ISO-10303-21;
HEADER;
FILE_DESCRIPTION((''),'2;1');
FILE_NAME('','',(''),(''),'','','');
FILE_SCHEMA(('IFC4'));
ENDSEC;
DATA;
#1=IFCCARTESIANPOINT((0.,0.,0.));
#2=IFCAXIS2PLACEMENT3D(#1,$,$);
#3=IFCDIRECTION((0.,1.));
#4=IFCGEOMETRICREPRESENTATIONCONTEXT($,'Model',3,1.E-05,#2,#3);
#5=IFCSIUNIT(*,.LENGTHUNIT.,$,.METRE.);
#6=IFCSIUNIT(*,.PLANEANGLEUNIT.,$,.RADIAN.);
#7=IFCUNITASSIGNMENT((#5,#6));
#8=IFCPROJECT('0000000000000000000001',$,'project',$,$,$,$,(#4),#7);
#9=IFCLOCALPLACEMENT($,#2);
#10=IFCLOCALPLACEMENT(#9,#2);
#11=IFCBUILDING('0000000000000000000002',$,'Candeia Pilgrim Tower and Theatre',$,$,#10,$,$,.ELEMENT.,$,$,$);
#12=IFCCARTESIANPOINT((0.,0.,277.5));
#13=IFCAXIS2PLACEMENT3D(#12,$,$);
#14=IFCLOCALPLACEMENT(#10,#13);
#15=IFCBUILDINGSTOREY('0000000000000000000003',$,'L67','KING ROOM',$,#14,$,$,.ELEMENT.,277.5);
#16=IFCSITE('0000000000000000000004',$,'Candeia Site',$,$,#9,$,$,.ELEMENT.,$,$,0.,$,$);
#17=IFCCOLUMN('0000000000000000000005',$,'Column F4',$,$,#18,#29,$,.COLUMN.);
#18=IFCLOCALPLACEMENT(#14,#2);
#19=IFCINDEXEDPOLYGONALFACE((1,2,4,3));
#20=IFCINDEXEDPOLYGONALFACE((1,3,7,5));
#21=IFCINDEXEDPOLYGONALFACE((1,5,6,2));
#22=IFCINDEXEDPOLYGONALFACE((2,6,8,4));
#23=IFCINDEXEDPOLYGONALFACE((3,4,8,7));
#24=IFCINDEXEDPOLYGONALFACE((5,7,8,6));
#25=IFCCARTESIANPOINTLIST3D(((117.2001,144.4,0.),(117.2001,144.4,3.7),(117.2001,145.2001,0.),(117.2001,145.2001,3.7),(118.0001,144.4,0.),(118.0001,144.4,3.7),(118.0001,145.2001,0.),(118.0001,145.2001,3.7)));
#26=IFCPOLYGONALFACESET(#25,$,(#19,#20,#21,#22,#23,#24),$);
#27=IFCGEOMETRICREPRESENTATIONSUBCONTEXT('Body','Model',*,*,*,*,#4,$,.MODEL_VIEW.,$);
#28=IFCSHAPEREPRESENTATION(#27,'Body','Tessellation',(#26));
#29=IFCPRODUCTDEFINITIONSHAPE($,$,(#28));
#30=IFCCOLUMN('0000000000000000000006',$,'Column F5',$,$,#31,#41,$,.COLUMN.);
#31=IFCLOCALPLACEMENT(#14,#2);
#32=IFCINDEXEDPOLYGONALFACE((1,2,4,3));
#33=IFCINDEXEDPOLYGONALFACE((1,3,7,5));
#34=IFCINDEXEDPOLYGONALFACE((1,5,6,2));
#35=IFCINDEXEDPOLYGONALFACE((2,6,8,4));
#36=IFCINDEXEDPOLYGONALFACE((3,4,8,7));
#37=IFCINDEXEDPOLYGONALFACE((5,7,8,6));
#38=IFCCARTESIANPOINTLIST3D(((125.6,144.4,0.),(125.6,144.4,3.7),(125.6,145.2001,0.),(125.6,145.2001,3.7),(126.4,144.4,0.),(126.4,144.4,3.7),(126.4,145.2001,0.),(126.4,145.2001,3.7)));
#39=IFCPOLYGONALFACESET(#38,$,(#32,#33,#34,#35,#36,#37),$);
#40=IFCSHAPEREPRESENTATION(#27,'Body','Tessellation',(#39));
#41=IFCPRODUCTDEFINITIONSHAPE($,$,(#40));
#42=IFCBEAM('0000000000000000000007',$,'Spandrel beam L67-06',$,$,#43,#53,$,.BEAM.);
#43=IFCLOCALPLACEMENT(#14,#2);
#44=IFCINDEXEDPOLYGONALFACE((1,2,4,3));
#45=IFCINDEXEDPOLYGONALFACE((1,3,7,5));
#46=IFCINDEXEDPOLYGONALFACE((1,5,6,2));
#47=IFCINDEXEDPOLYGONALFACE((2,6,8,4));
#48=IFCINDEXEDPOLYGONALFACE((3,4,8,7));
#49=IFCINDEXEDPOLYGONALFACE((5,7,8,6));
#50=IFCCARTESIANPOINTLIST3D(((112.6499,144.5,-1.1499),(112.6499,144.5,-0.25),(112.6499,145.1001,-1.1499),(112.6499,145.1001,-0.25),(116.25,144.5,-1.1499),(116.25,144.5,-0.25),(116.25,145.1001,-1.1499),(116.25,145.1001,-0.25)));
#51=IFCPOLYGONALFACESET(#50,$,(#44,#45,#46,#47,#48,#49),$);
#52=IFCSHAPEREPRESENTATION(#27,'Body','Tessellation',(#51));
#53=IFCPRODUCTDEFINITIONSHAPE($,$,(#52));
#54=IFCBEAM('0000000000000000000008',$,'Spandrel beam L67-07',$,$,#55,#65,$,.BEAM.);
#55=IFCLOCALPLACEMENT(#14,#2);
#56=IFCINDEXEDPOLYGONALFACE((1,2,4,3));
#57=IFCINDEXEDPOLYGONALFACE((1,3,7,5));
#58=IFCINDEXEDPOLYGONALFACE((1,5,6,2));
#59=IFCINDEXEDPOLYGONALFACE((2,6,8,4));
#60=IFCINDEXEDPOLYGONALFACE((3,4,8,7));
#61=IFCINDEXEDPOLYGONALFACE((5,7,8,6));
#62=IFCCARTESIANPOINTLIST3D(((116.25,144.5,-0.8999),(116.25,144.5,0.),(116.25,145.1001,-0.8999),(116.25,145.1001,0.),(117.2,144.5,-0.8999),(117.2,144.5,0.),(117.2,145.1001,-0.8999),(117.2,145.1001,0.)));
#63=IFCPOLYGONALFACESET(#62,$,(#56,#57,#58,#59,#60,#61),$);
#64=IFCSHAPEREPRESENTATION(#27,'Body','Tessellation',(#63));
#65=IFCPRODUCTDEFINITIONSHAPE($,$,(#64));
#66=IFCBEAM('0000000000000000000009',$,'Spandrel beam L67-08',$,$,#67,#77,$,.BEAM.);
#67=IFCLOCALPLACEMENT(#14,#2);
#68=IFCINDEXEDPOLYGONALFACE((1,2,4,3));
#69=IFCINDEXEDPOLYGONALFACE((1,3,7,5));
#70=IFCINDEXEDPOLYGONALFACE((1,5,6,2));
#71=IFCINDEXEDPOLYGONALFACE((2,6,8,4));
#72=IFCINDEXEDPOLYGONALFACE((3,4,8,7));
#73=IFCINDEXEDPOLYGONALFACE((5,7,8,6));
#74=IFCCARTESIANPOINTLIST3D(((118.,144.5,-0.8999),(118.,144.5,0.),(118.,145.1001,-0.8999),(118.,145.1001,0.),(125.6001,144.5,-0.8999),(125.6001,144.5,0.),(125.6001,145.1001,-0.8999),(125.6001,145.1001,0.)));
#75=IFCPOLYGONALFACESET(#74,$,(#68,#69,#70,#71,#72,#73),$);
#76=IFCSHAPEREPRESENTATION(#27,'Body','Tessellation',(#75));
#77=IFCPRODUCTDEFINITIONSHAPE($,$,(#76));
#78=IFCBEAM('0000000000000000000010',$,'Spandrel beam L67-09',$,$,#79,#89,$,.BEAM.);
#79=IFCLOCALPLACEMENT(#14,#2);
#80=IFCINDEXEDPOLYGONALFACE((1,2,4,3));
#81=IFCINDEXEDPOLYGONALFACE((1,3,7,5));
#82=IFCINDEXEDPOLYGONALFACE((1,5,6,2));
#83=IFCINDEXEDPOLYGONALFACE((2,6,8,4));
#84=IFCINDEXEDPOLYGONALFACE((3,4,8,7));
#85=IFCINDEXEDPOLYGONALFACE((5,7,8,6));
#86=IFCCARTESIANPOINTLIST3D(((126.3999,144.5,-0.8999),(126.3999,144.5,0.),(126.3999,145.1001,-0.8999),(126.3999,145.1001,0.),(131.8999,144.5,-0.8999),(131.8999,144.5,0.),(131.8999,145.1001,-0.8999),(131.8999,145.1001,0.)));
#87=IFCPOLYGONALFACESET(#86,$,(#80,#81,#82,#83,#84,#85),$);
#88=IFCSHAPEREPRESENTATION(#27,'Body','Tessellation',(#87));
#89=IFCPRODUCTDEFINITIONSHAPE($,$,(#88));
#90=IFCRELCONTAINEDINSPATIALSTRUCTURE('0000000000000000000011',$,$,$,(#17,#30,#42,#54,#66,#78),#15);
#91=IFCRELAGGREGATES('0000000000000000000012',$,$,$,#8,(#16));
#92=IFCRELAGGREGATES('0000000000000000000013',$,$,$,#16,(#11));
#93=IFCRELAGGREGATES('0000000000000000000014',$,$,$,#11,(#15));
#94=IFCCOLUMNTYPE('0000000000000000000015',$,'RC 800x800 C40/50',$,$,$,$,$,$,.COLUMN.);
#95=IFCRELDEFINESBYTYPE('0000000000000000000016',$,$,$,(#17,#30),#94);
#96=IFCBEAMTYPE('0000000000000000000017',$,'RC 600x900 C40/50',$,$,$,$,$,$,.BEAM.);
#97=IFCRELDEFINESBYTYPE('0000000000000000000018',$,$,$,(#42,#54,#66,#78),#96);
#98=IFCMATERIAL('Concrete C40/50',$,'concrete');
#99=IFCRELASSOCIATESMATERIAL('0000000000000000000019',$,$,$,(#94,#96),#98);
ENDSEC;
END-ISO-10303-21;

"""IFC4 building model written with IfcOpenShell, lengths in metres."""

from ifc_helpers import new_model, si_unit, direction, frame, origin, origin_2d, place, context, subcontext, project, spatial, rectangle, extrude, material, material_profile, profile_set, type_object, element, save


model = new_model("IFC4")

# Units and contexts
model_context = context("Model", 3, precision=1e-05, world=origin(), true_north=direction((0.0, 1.0)))
body_context = subcontext(model_context, "Body", "Model", "MODEL_VIEW")
ifc_project = project(units=[si_unit("LENGTHUNIT", "METRE"), si_unit("PLANEANGLEUNIT", "RADIAN")], contexts=[model_context])

# Site, building, storey
site_placement = place(None, origin())
site = spatial("IfcSite", under=ifc_project, at=site_placement, Name="Candeia Site", CompositionType="ELEMENT", RefElevation=0.0)
building_placement = place(site_placement, origin())
building = spatial("IfcBuilding", under=site, at=building_placement, Name="Candeia Pilgrim Tower and Theatre", CompositionType="ELEMENT")
storey_placement = place(building_placement, frame((0.0, 0.0, 277.5)))
storey = spatial("IfcBuildingStorey", under=building, at=storey_placement, Name="L67", Description="KING ROOM", CompositionType="ELEMENT", Elevation=277.5)

# Columns
ifc_material_1 = material(Name="Concrete C40/50", Category="concrete")
ifc_material_profile_1 = material_profile(ifc_material_1, rectangle(XDim=0.8, YDim=0.8, at=origin_2d()))
ifc_profile_set_1 = profile_set([ifc_material_profile_1], Name="Concrete C40/50")
column_type = type_object("IfcColumnType", Name="RC 800x800 C40/50", PredefinedType="COLUMN", material=ifc_profile_set_1)
for number, where, z_axis, x_axis, name in (
    (1, (117.6001, 144.8, 0.0), (0.0, 0.0, 1.0), (1.0, 0.0, 0.0), "Column F4"),
    (2, (126.0, 144.8, 0.0), (0.0, 0.0, 1.0), (1.0, 0.0, 0.0), "Column F5"),
):
    element("IfcColumn", number, at=place(storey_placement, frame(where, z_axis=z_axis, x_axis=x_axis)), inside=storey, type_object=column_type, Name=name, PredefinedType="COLUMN", context=body_context, shape_type="SweptSolid", body=[
        extrude(rectangle(XDim=0.8, YDim=0.8, at=origin_2d()), origin(), (0.0, 0.0, 1.0), 3.7),
    ])

# Beams
ifc_material_profile_2 = material_profile(ifc_material_1, rectangle(XDim=0.6001, YDim=0.8999, at=origin_2d()))
ifc_profile_set_2 = profile_set([ifc_material_profile_2], Name="Concrete C40/50")
beam_type = type_object("IfcBeamType", Name="RC 600x900 C40/50", PredefinedType="BEAM", material=ifc_profile_set_2)
beam_1_placement = place(storey_placement, frame((112.6499, 144.8, -0.7), z_axis=(1.0, 0.0, 0.0), x_axis=(0.0, 1.0, 0.0)))
element("IfcBeam", 3, at=beam_1_placement, inside=storey, type_object=beam_type, Name="Spandrel beam L67-06", PredefinedType="BEAM", context=body_context, shape_type="SweptSolid", body=[
    extrude(rectangle(XDim=0.6001, YDim=0.8999, at=origin_2d()), origin(), (0.0, 0.0, 1.0), 3.6001),
])
beam_2_placement = place(storey_placement, frame((116.25, 144.8, -0.45), z_axis=(1.0, 0.0, 0.0), x_axis=(0.0, 1.0, 0.0)))
element("IfcBeam", 4, at=beam_2_placement, inside=storey, type_object=beam_type, Name="Spandrel beam L67-07", PredefinedType="BEAM", context=body_context, shape_type="SweptSolid", body=[
    extrude(rectangle(XDim=0.6001, YDim=0.8999, at=origin_2d()), origin(), (0.0, 0.0, 1.0), 0.95),
])
beam_3_placement = place(storey_placement, frame((118.0, 144.8, -0.45), z_axis=(1.0, 0.0, 0.0), x_axis=(0.0, 1.0, 0.0)))
element("IfcBeam", 5, at=beam_3_placement, inside=storey, type_object=beam_type, Name="Spandrel beam L67-08", PredefinedType="BEAM", context=body_context, shape_type="SweptSolid", body=[
    extrude(rectangle(XDim=0.6001, YDim=0.8999, at=origin_2d()), origin(), (0.0, 0.0, 1.0), 7.6001),
])
beam_4_placement = place(storey_placement, frame((126.3999, 144.8, -0.45), z_axis=(1.0, 0.0, 0.0), x_axis=(0.0, 1.0, 0.0)))
element("IfcBeam", 6, at=beam_4_placement, inside=storey, type_object=beam_type, Name="Spandrel beam L67-09", PredefinedType="BEAM", context=body_context, shape_type="SweptSolid", body=[
    extrude(rectangle(XDim=0.6001, YDim=0.8999, at=origin_2d()), origin(), (0.0, 0.0, 1.0), 5.5),
])

save(model, "model.ifc")
